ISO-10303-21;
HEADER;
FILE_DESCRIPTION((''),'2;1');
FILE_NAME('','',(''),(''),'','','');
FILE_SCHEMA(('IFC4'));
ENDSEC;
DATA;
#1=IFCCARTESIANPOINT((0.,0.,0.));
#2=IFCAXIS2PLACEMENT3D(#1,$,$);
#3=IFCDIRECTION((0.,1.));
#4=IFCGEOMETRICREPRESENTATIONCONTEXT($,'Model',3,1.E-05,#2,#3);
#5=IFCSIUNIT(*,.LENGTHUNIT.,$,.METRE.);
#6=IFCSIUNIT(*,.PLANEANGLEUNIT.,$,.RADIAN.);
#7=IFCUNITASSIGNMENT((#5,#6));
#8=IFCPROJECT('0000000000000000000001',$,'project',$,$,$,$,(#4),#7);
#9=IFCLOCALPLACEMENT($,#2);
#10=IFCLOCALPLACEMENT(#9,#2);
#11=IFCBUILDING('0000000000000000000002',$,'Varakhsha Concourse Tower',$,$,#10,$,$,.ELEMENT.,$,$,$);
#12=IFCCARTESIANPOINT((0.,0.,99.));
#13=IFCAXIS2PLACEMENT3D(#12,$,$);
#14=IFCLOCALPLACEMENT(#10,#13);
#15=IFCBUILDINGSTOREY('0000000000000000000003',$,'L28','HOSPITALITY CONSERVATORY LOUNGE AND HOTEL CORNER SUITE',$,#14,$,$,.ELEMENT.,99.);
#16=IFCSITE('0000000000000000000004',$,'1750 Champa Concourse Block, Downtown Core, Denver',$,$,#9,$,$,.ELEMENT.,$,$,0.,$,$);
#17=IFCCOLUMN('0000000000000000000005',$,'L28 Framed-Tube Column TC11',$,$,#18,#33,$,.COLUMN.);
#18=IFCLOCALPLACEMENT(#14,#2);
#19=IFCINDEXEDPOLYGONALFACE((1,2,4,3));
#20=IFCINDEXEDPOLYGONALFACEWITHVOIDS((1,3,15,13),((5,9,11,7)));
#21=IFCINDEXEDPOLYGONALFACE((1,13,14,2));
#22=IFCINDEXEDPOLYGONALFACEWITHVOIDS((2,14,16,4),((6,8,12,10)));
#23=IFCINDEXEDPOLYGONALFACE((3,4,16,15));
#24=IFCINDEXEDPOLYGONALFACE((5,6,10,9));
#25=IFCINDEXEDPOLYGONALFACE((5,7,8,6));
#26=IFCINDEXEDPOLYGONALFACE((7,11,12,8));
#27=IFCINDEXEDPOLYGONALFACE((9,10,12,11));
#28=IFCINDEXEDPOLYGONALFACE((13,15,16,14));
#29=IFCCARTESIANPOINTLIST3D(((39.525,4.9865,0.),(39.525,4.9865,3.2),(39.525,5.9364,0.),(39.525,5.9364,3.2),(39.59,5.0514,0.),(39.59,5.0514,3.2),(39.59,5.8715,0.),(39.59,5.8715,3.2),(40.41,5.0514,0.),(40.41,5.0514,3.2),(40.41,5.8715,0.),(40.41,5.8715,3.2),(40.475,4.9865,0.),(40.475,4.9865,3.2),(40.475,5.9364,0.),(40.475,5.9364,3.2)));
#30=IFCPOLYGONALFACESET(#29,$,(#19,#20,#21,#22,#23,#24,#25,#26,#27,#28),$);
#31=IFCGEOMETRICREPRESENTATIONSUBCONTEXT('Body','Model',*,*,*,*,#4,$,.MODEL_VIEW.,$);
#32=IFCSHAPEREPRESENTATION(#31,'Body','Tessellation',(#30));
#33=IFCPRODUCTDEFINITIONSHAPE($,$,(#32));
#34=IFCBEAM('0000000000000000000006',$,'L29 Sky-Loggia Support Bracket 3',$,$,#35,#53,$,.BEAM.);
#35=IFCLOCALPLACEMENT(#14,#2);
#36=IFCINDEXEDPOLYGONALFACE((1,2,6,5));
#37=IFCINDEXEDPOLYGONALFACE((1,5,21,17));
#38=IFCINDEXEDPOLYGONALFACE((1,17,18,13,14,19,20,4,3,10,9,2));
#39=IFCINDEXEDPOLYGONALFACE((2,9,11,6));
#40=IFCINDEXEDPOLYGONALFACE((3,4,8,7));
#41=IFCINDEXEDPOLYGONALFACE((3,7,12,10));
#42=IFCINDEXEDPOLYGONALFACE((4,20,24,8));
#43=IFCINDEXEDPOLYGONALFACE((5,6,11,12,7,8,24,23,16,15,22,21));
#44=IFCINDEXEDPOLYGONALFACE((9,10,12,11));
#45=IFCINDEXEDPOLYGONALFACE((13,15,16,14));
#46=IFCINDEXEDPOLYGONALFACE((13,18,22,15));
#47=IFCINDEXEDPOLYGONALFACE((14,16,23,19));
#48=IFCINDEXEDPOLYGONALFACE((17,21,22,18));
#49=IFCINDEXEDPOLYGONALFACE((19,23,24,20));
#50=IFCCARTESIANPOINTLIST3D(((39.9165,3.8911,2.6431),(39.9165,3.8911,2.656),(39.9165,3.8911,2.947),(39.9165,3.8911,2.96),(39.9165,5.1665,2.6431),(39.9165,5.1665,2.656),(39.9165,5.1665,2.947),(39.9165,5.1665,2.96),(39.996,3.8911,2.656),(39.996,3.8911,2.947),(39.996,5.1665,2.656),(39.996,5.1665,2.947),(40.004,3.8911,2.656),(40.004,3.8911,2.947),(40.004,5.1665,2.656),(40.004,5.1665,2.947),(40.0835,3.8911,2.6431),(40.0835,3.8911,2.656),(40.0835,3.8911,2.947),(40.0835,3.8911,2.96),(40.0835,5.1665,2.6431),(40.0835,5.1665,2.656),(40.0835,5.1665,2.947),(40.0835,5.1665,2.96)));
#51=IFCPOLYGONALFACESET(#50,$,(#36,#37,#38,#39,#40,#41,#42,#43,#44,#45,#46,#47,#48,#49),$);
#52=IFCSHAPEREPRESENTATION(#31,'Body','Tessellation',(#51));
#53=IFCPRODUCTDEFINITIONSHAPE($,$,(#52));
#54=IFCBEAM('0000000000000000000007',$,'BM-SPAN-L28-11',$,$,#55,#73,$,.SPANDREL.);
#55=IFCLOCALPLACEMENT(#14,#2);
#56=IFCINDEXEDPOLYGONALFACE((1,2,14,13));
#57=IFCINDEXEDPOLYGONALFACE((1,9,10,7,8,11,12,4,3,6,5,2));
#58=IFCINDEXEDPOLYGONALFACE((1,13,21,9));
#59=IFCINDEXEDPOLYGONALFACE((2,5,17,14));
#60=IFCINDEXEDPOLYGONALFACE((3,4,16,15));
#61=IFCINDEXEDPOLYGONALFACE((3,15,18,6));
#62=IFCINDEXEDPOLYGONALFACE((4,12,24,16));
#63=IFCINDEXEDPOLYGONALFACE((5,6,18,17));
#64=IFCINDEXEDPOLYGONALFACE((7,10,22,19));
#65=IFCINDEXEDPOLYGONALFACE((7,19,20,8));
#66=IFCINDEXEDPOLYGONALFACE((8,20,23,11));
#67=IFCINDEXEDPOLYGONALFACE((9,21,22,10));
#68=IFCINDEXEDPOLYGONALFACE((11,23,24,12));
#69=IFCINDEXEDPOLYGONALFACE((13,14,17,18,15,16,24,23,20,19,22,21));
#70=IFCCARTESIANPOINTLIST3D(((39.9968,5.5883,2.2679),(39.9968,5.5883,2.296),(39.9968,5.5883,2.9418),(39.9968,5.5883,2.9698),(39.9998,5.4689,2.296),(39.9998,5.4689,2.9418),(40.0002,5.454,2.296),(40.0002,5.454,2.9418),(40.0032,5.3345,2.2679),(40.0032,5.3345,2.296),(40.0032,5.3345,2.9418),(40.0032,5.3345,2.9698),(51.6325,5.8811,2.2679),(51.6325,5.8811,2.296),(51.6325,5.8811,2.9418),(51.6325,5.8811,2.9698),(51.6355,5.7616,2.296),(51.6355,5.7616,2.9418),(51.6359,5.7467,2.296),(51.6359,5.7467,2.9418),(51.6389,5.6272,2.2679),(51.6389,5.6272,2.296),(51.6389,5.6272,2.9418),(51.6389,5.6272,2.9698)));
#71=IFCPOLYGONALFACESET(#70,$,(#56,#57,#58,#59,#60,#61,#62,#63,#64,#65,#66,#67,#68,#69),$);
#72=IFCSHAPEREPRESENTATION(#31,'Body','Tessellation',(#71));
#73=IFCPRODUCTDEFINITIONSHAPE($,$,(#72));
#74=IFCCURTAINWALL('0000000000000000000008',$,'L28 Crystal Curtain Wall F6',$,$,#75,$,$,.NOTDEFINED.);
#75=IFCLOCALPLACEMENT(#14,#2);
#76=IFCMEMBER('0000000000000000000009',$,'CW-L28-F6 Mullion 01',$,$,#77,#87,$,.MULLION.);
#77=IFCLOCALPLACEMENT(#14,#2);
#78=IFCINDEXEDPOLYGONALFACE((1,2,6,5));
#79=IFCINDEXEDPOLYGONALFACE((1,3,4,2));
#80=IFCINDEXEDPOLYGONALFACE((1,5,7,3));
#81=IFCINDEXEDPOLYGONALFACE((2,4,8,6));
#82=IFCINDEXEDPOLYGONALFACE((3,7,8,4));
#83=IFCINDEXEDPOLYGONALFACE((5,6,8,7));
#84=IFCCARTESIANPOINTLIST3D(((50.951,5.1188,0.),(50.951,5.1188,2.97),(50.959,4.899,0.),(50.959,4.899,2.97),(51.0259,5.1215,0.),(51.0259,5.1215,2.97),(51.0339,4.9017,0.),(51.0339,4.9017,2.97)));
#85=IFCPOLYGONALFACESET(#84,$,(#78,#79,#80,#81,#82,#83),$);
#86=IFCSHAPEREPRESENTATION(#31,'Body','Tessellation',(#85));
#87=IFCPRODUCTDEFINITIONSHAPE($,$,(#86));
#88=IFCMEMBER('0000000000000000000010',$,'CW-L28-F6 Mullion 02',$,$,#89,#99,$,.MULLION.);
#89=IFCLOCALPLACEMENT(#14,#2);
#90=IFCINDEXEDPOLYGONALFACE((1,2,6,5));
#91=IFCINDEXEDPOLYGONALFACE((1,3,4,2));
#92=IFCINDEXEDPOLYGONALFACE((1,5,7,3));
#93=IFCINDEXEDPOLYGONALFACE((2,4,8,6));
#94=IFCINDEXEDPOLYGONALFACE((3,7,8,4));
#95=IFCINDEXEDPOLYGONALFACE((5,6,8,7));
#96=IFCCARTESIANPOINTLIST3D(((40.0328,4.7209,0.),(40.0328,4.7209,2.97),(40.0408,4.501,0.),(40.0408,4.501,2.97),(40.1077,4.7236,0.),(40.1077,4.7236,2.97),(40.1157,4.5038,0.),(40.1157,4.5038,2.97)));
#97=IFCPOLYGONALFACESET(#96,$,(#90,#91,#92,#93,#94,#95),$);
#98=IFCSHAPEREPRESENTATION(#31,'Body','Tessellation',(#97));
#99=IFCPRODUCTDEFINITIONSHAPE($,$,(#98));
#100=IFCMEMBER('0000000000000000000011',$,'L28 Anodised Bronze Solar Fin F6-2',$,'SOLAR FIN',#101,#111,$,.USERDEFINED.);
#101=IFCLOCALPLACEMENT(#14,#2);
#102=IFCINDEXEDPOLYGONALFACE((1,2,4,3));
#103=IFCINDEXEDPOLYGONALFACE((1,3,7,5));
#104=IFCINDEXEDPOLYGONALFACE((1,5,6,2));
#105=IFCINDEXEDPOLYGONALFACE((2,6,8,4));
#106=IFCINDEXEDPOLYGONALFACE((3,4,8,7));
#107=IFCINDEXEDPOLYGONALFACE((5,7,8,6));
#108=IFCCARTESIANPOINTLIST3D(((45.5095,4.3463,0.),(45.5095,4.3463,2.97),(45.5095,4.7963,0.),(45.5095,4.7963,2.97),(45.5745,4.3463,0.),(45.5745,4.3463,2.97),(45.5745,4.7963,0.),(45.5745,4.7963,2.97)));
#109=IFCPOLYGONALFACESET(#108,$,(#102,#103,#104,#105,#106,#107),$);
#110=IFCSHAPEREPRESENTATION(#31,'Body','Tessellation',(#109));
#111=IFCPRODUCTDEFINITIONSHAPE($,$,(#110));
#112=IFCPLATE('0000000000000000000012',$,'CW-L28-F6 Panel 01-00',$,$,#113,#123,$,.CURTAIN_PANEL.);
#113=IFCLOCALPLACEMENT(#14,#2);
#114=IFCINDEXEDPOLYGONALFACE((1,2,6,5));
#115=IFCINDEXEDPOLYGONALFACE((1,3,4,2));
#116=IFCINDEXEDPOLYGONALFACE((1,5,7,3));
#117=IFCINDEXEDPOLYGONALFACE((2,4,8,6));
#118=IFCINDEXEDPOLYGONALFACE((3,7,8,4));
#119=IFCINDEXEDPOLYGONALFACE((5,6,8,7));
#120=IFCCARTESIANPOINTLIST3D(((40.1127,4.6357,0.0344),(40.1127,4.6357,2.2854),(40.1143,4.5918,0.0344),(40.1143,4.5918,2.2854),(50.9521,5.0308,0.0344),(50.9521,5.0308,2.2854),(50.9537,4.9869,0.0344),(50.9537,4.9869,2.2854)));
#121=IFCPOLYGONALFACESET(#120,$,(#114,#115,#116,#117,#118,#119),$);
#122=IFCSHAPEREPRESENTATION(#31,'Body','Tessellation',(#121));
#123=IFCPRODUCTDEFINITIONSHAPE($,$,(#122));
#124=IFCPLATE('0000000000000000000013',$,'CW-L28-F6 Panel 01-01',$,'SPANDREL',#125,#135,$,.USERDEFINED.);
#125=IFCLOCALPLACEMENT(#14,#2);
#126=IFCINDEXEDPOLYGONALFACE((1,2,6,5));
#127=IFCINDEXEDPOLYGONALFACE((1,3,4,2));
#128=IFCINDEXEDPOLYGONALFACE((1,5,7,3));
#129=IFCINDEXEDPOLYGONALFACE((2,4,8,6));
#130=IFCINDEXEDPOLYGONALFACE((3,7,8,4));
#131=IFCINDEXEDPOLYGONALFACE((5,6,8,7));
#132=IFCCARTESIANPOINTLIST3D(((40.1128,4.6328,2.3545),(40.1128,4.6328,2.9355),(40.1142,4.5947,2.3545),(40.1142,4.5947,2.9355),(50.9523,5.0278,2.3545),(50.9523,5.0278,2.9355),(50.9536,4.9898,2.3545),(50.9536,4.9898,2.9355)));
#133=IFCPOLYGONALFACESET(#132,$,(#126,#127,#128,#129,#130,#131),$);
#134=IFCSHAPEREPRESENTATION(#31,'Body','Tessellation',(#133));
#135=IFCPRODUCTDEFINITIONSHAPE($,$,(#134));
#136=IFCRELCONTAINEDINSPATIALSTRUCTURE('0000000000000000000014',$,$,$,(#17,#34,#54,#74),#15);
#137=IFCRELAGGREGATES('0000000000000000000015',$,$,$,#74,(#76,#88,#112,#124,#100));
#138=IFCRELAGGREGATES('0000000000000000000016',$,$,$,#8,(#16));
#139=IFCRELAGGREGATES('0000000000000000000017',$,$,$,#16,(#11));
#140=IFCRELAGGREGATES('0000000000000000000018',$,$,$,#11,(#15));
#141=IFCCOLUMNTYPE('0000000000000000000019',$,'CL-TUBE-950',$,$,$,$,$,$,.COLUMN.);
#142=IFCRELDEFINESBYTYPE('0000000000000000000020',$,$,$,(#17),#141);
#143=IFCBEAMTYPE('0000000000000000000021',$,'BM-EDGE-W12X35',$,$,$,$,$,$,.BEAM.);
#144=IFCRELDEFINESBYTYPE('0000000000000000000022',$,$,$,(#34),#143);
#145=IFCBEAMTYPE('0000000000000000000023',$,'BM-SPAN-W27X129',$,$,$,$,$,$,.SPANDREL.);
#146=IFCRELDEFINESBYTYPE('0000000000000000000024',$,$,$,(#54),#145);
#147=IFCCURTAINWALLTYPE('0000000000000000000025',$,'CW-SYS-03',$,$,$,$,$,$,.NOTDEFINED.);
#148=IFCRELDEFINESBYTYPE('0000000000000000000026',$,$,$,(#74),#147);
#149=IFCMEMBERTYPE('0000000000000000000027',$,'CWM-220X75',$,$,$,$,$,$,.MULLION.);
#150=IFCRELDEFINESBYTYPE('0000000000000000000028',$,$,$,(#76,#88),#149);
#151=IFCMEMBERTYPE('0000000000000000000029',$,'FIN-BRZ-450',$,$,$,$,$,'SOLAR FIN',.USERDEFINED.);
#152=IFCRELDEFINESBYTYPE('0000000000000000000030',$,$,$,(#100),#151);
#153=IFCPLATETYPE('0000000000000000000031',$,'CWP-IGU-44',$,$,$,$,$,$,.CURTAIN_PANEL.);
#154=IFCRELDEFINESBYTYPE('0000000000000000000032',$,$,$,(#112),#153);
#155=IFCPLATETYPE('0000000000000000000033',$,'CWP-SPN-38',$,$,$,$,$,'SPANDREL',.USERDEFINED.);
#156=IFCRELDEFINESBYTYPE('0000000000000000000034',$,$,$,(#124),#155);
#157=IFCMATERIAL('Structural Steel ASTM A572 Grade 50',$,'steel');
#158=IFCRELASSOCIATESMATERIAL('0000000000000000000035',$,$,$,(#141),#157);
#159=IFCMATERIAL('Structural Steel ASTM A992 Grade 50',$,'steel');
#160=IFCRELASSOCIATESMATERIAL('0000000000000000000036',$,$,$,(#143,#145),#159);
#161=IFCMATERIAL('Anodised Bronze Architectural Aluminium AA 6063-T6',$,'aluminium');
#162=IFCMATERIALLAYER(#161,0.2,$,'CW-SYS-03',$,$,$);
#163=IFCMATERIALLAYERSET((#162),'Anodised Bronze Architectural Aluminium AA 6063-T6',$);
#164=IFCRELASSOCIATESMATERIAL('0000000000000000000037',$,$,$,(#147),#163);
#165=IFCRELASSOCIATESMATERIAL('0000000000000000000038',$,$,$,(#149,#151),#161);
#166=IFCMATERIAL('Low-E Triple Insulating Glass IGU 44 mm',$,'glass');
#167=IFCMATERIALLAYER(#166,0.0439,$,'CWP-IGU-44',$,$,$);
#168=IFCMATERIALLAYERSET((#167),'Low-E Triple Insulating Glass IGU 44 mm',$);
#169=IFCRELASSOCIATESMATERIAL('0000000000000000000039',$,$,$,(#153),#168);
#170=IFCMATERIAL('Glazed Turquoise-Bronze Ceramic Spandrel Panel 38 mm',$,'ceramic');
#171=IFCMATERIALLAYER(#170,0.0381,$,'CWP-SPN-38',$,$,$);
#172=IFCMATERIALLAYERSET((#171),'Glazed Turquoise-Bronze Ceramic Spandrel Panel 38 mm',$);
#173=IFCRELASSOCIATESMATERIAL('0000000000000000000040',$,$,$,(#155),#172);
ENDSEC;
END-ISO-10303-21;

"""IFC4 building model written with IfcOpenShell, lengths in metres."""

from ifc_helpers import new_model, si_unit, direction, frame, origin, origin_2d, place, context, subcontext, project, spatial, rectangle, hollow_rectangle, i_section, extrude, source, transform, mapped, material, layer, layer_set, material_profile, profile_set, type_object, type_shapes, element, aggregate, save


model = new_model("IFC4")

# Units and contexts
model_context = context("Model", 3, precision=1e-05, world=origin(), true_north=direction((0.0, 1.0)))
body_context = subcontext(model_context, "Body", "Model", "MODEL_VIEW")
ifc_project = project(units=[si_unit("LENGTHUNIT", "METRE"), si_unit("PLANEANGLEUNIT", "RADIAN")], contexts=[model_context])

# Site, building, storey
site_placement = place(None, origin())
site = spatial("IfcSite", under=ifc_project, at=site_placement, Name="1750 Champa Concourse Block, Downtown Core, Denver", CompositionType="ELEMENT", RefElevation=0.0)
building_placement = place(site_placement, origin())
building = spatial("IfcBuilding", under=site, at=building_placement, Name="Varakhsha Concourse Tower", CompositionType="ELEMENT")
storey_placement = place(building_placement, frame((0.0, 0.0, 99.0)))
storey = spatial("IfcBuildingStorey", under=building, at=storey_placement, Name="L28", Description="HOSPITALITY CONSERVATORY LOUNGE AND HOTEL CORNER SUITE", CompositionType="ELEMENT", Elevation=99.0)

# Column
ifc_material_1 = material(Name="Structural Steel ASTM A572 Grade 50", Category="steel")
ifc_material_profile_1 = material_profile(ifc_material_1, hollow_rectangle(XDim=0.95, YDim=0.95, WallThickness=0.0649, at=origin_2d()), Name="BOX 950x950x65")
ifc_profile_set_1 = profile_set([ifc_material_profile_1], Name="Structural Steel ASTM A572 Grade 50")
column_type = type_object("IfcColumnType", Name="CL-TUBE-950", PredefinedType="COLUMN", material=ifc_profile_set_1)
column_placement = place(storey_placement, frame((40.0, 5.4614, 0.0), z_axis=(0.0, 0.0, 1.0), x_axis=(1.0, 0.0, 0.0)))
element("IfcColumn", 1, at=column_placement, inside=storey, type_object=column_type, Name="L28 Framed-Tube Column TC11", PredefinedType="COLUMN", context=body_context, shape_type="SweptSolid", body=[
    extrude(hollow_rectangle(XDim=0.95, YDim=0.95, WallThickness=0.0649, at=origin_2d()), origin(), (0.0, 0.0, 1.0), 3.2),
])

# Beams
ifc_material_2 = material(Name="Structural Steel ASTM A992 Grade 50", Category="steel")
ifc_material_profile_2 = material_profile(ifc_material_2, i_section(OverallWidth=0.167, OverallDepth=0.3169, WebThickness=0.0081, FlangeThickness=0.0129, at=origin_2d()), Name="W12X35")
ifc_profile_set_2 = profile_set([ifc_material_profile_2], Name="Structural Steel ASTM A992 Grade 50")
beam_type_1 = type_object("IfcBeamType", Name="BM-EDGE-W12X35", PredefinedType="BEAM", material=ifc_profile_set_2)
beam_1_placement = place(storey_placement, frame((40.0, 5.1665, 2.8015), z_axis=(0.0, -1.0, 0.0), x_axis=(1.0, 0.0, 0.0)))
element("IfcBeam", 2, at=beam_1_placement, inside=storey, type_object=beam_type_1, Name="L29 Sky-Loggia Support Bracket 3", PredefinedType="BEAM", context=body_context, shape_type="SweptSolid", body=[
    extrude(i_section(OverallWidth=0.167, OverallDepth=0.3169, WebThickness=0.0081, FlangeThickness=0.0129, at=origin_2d()), origin(), (0.0, 0.0, 1.0), 1.2754),
])
ifc_material_profile_3 = material_profile(ifc_material_2, i_section(OverallWidth=0.2539, OverallDepth=0.7019, WebThickness=0.0149, FlangeThickness=0.0281, at=origin_2d()), Name="W27X129")
ifc_profile_set_3 = profile_set([ifc_material_profile_3], Name="Structural Steel ASTM A992 Grade 50")
beam_type_2 = type_object("IfcBeamType", Name="BM-SPAN-W27X129", PredefinedType="SPANDREL", material=ifc_profile_set_3)
beam_2_placement = place(storey_placement, frame((40.0, 5.4614, 2.6189), z_axis=(0.999684, 0.025149, 0.0), x_axis=(-0.025149, 0.999684, 0.0)))
element("IfcBeam", 3, at=beam_2_placement, inside=storey, type_object=beam_type_2, Name="BM-SPAN-L28-11", PredefinedType="SPANDREL", context=body_context, shape_type="SweptSolid", body=[
    extrude(i_section(OverallWidth=0.2539, OverallDepth=0.7019, WebThickness=0.0149, FlangeThickness=0.0281, at=origin_2d()), origin(), (0.0, 0.0, 1.0), 11.6394),
])

# Curtain wall, members, plates
ifc_material_3 = material(Name="Anodised Bronze Architectural Aluminium AA 6063-T6", Category="aluminium")
ifc_layer_1 = layer(ifc_material_3, 0.2, Name="CW-SYS-03")
ifc_layer_set_1 = layer_set([ifc_layer_1], Name="Anodised Bronze Architectural Aluminium AA 6063-T6")
curtain_wall_type = type_object("IfcCurtainWallType", Name="CW-SYS-03", PredefinedType="NOTDEFINED", material=ifc_layer_set_1)
curtain_wall_placement = place(storey_placement, origin())
curtain_wall = element("IfcCurtainWall", 4, at=curtain_wall_placement, inside=storey, type_object=curtain_wall_type, Name="L28 Crystal Curtain Wall F6", PredefinedType="NOTDEFINED")
ifc_material_profile_4 = material_profile(ifc_material_3, rectangle(XDim=0.075, YDim=0.22, at=origin_2d()), Name="CWM-220X75")
ifc_profile_set_4 = profile_set([ifc_material_profile_4], Name="Anodised Bronze Architectural Aluminium AA 6063-T6")
member_type_1 = type_object("IfcMemberType", Name="CWM-220X75", PredefinedType="MULLION", material=ifc_profile_set_4)
shared_shape_1 = source(origin(), body_context, "Body", "SweptSolid", [
    extrude(rectangle(XDim=0.075, YDim=0.22, at=origin_2d()), origin(), (0.0, 0.0, 1.0), 2.97),
])
type_shapes(member_type_1, [shared_shape_1])
member_1_placement = place(storey_placement, frame((50.9924, 5.0103, 0.0), z_axis=(0.0, 0.0, 1.0), x_axis=(-0.999336, -0.036424, 0.0)))
member_1 = element("IfcMember", 5, at=member_1_placement, type_object=member_type_1, Name="CW-L28-F6 Mullion 01", PredefinedType="MULLION", context=body_context, shape_type="MappedRepresentation", body=[
    mapped(shared_shape_1, transform((0.0, 0.0, 0.0), scale=1.0)),
])
member_2_placement = place(storey_placement, frame((40.0742, 4.6123, 0.0), z_axis=(0.0, 0.0, 1.0), x_axis=(-0.999336, -0.036424, 0.0)))
member_2 = element("IfcMember", 6, at=member_2_placement, type_object=member_type_1, Name="CW-L28-F6 Mullion 02", PredefinedType="MULLION", context=body_context, shape_type="MappedRepresentation", body=[
    mapped(shared_shape_1, transform((0.0, 0.0, 0.0), scale=1.0)),
])
ifc_material_profile_5 = material_profile(ifc_material_3, rectangle(XDim=0.0649, YDim=0.45, at=origin_2d()), Name="FIN-BRZ-450")
ifc_profile_set_5 = profile_set([ifc_material_profile_5], Name="Anodised Bronze Architectural Aluminium AA 6063-T6")
member_type_2 = type_object("IfcMemberType", Name="FIN-BRZ-450", ElementType="SOLAR FIN", PredefinedType="USERDEFINED", material=ifc_profile_set_5)
shared_shape_2 = source(origin(), body_context, "Body", "SweptSolid", [
    extrude(rectangle(XDim=0.0649, YDim=0.45, at=origin_2d()), origin(), (0.0, 0.0, 1.0), 2.97),
])
type_shapes(member_type_2, [shared_shape_2])
member_3_placement = place(storey_placement, frame((45.542, 4.5713, 0.0), z_axis=(0.0, 0.0, 1.0), x_axis=(1.0, 0.0, 0.0)))
member_3 = element("IfcMember", 7, at=member_3_placement, type_object=member_type_2, Name="L28 Anodised Bronze Solar Fin F6-2", ObjectType="SOLAR FIN", PredefinedType="USERDEFINED", context=body_context, shape_type="MappedRepresentation", body=[
    mapped(shared_shape_2, transform((0.0, 0.0, 0.0), scale=1.0)),
])
ifc_material_4 = material(Name="Low-E Triple Insulating Glass IGU 44 mm", Category="glass")
ifc_layer_2 = layer(ifc_material_4, 0.0439, Name="CWP-IGU-44")
ifc_layer_set_2 = layer_set([ifc_layer_2], Name="Low-E Triple Insulating Glass IGU 44 mm")
plate_type_1 = type_object("IfcPlateType", Name="CWP-IGU-44", PredefinedType="CURTAIN_PANEL", material=ifc_layer_set_2)
shared_shape_3 = source(origin(), body_context, "Body", "SweptSolid", [
    extrude(rectangle(XDim=10.8467, YDim=0.0439, at=origin_2d()), origin(), (0.0, 0.0, 1.0), 2.251),
])
type_shapes(plate_type_1, [shared_shape_3])
plate_1_placement = place(storey_placement, frame((45.5332, 4.8113, 0.0344), z_axis=(0.0, 0.0, 1.0), x_axis=(-0.999336, -0.036424, 0.0)))
plate_1 = element("IfcPlate", 8, at=plate_1_placement, type_object=plate_type_1, Name="CW-L28-F6 Panel 01-00", PredefinedType="CURTAIN_PANEL", context=body_context, shape_type="MappedRepresentation", body=[
    mapped(shared_shape_3, transform((0.0, 0.0, 0.0), scale=1.0)),
])
ifc_material_5 = material(Name="Glazed Turquoise-Bronze Ceramic Spandrel Panel 38 mm", Category="ceramic")
ifc_layer_3 = layer(ifc_material_5, 0.0381, Name="CWP-SPN-38")
ifc_layer_set_3 = layer_set([ifc_layer_3], Name="Glazed Turquoise-Bronze Ceramic Spandrel Panel 38 mm")
plate_type_2 = type_object("IfcPlateType", Name="CWP-SPN-38", ElementType="SPANDREL", PredefinedType="USERDEFINED", material=ifc_layer_set_3)
shared_shape_4 = source(origin(), body_context, "Body", "SweptSolid", [
    extrude(rectangle(XDim=10.8467, YDim=0.0381, at=origin_2d()), origin(), (0.0, 0.0, 1.0), 0.5811),
])
type_shapes(plate_type_2, [shared_shape_4])
plate_2_placement = place(storey_placement, frame((45.5332, 4.8113, 2.3545), z_axis=(0.0, 0.0, 1.0), x_axis=(-0.999336, -0.036424, 0.0)))
plate_2 = element("IfcPlate", 9, at=plate_2_placement, type_object=plate_type_2, Name="CW-L28-F6 Panel 01-01", ObjectType="SPANDREL", PredefinedType="USERDEFINED", context=body_context, shape_type="MappedRepresentation", body=[
    mapped(shared_shape_4, transform((0.0, 0.0, 0.0), scale=1.0)),
])
aggregate(curtain_wall, [member_1, member_2, plate_1, plate_2, member_3])

save(model, "model.ifc")
